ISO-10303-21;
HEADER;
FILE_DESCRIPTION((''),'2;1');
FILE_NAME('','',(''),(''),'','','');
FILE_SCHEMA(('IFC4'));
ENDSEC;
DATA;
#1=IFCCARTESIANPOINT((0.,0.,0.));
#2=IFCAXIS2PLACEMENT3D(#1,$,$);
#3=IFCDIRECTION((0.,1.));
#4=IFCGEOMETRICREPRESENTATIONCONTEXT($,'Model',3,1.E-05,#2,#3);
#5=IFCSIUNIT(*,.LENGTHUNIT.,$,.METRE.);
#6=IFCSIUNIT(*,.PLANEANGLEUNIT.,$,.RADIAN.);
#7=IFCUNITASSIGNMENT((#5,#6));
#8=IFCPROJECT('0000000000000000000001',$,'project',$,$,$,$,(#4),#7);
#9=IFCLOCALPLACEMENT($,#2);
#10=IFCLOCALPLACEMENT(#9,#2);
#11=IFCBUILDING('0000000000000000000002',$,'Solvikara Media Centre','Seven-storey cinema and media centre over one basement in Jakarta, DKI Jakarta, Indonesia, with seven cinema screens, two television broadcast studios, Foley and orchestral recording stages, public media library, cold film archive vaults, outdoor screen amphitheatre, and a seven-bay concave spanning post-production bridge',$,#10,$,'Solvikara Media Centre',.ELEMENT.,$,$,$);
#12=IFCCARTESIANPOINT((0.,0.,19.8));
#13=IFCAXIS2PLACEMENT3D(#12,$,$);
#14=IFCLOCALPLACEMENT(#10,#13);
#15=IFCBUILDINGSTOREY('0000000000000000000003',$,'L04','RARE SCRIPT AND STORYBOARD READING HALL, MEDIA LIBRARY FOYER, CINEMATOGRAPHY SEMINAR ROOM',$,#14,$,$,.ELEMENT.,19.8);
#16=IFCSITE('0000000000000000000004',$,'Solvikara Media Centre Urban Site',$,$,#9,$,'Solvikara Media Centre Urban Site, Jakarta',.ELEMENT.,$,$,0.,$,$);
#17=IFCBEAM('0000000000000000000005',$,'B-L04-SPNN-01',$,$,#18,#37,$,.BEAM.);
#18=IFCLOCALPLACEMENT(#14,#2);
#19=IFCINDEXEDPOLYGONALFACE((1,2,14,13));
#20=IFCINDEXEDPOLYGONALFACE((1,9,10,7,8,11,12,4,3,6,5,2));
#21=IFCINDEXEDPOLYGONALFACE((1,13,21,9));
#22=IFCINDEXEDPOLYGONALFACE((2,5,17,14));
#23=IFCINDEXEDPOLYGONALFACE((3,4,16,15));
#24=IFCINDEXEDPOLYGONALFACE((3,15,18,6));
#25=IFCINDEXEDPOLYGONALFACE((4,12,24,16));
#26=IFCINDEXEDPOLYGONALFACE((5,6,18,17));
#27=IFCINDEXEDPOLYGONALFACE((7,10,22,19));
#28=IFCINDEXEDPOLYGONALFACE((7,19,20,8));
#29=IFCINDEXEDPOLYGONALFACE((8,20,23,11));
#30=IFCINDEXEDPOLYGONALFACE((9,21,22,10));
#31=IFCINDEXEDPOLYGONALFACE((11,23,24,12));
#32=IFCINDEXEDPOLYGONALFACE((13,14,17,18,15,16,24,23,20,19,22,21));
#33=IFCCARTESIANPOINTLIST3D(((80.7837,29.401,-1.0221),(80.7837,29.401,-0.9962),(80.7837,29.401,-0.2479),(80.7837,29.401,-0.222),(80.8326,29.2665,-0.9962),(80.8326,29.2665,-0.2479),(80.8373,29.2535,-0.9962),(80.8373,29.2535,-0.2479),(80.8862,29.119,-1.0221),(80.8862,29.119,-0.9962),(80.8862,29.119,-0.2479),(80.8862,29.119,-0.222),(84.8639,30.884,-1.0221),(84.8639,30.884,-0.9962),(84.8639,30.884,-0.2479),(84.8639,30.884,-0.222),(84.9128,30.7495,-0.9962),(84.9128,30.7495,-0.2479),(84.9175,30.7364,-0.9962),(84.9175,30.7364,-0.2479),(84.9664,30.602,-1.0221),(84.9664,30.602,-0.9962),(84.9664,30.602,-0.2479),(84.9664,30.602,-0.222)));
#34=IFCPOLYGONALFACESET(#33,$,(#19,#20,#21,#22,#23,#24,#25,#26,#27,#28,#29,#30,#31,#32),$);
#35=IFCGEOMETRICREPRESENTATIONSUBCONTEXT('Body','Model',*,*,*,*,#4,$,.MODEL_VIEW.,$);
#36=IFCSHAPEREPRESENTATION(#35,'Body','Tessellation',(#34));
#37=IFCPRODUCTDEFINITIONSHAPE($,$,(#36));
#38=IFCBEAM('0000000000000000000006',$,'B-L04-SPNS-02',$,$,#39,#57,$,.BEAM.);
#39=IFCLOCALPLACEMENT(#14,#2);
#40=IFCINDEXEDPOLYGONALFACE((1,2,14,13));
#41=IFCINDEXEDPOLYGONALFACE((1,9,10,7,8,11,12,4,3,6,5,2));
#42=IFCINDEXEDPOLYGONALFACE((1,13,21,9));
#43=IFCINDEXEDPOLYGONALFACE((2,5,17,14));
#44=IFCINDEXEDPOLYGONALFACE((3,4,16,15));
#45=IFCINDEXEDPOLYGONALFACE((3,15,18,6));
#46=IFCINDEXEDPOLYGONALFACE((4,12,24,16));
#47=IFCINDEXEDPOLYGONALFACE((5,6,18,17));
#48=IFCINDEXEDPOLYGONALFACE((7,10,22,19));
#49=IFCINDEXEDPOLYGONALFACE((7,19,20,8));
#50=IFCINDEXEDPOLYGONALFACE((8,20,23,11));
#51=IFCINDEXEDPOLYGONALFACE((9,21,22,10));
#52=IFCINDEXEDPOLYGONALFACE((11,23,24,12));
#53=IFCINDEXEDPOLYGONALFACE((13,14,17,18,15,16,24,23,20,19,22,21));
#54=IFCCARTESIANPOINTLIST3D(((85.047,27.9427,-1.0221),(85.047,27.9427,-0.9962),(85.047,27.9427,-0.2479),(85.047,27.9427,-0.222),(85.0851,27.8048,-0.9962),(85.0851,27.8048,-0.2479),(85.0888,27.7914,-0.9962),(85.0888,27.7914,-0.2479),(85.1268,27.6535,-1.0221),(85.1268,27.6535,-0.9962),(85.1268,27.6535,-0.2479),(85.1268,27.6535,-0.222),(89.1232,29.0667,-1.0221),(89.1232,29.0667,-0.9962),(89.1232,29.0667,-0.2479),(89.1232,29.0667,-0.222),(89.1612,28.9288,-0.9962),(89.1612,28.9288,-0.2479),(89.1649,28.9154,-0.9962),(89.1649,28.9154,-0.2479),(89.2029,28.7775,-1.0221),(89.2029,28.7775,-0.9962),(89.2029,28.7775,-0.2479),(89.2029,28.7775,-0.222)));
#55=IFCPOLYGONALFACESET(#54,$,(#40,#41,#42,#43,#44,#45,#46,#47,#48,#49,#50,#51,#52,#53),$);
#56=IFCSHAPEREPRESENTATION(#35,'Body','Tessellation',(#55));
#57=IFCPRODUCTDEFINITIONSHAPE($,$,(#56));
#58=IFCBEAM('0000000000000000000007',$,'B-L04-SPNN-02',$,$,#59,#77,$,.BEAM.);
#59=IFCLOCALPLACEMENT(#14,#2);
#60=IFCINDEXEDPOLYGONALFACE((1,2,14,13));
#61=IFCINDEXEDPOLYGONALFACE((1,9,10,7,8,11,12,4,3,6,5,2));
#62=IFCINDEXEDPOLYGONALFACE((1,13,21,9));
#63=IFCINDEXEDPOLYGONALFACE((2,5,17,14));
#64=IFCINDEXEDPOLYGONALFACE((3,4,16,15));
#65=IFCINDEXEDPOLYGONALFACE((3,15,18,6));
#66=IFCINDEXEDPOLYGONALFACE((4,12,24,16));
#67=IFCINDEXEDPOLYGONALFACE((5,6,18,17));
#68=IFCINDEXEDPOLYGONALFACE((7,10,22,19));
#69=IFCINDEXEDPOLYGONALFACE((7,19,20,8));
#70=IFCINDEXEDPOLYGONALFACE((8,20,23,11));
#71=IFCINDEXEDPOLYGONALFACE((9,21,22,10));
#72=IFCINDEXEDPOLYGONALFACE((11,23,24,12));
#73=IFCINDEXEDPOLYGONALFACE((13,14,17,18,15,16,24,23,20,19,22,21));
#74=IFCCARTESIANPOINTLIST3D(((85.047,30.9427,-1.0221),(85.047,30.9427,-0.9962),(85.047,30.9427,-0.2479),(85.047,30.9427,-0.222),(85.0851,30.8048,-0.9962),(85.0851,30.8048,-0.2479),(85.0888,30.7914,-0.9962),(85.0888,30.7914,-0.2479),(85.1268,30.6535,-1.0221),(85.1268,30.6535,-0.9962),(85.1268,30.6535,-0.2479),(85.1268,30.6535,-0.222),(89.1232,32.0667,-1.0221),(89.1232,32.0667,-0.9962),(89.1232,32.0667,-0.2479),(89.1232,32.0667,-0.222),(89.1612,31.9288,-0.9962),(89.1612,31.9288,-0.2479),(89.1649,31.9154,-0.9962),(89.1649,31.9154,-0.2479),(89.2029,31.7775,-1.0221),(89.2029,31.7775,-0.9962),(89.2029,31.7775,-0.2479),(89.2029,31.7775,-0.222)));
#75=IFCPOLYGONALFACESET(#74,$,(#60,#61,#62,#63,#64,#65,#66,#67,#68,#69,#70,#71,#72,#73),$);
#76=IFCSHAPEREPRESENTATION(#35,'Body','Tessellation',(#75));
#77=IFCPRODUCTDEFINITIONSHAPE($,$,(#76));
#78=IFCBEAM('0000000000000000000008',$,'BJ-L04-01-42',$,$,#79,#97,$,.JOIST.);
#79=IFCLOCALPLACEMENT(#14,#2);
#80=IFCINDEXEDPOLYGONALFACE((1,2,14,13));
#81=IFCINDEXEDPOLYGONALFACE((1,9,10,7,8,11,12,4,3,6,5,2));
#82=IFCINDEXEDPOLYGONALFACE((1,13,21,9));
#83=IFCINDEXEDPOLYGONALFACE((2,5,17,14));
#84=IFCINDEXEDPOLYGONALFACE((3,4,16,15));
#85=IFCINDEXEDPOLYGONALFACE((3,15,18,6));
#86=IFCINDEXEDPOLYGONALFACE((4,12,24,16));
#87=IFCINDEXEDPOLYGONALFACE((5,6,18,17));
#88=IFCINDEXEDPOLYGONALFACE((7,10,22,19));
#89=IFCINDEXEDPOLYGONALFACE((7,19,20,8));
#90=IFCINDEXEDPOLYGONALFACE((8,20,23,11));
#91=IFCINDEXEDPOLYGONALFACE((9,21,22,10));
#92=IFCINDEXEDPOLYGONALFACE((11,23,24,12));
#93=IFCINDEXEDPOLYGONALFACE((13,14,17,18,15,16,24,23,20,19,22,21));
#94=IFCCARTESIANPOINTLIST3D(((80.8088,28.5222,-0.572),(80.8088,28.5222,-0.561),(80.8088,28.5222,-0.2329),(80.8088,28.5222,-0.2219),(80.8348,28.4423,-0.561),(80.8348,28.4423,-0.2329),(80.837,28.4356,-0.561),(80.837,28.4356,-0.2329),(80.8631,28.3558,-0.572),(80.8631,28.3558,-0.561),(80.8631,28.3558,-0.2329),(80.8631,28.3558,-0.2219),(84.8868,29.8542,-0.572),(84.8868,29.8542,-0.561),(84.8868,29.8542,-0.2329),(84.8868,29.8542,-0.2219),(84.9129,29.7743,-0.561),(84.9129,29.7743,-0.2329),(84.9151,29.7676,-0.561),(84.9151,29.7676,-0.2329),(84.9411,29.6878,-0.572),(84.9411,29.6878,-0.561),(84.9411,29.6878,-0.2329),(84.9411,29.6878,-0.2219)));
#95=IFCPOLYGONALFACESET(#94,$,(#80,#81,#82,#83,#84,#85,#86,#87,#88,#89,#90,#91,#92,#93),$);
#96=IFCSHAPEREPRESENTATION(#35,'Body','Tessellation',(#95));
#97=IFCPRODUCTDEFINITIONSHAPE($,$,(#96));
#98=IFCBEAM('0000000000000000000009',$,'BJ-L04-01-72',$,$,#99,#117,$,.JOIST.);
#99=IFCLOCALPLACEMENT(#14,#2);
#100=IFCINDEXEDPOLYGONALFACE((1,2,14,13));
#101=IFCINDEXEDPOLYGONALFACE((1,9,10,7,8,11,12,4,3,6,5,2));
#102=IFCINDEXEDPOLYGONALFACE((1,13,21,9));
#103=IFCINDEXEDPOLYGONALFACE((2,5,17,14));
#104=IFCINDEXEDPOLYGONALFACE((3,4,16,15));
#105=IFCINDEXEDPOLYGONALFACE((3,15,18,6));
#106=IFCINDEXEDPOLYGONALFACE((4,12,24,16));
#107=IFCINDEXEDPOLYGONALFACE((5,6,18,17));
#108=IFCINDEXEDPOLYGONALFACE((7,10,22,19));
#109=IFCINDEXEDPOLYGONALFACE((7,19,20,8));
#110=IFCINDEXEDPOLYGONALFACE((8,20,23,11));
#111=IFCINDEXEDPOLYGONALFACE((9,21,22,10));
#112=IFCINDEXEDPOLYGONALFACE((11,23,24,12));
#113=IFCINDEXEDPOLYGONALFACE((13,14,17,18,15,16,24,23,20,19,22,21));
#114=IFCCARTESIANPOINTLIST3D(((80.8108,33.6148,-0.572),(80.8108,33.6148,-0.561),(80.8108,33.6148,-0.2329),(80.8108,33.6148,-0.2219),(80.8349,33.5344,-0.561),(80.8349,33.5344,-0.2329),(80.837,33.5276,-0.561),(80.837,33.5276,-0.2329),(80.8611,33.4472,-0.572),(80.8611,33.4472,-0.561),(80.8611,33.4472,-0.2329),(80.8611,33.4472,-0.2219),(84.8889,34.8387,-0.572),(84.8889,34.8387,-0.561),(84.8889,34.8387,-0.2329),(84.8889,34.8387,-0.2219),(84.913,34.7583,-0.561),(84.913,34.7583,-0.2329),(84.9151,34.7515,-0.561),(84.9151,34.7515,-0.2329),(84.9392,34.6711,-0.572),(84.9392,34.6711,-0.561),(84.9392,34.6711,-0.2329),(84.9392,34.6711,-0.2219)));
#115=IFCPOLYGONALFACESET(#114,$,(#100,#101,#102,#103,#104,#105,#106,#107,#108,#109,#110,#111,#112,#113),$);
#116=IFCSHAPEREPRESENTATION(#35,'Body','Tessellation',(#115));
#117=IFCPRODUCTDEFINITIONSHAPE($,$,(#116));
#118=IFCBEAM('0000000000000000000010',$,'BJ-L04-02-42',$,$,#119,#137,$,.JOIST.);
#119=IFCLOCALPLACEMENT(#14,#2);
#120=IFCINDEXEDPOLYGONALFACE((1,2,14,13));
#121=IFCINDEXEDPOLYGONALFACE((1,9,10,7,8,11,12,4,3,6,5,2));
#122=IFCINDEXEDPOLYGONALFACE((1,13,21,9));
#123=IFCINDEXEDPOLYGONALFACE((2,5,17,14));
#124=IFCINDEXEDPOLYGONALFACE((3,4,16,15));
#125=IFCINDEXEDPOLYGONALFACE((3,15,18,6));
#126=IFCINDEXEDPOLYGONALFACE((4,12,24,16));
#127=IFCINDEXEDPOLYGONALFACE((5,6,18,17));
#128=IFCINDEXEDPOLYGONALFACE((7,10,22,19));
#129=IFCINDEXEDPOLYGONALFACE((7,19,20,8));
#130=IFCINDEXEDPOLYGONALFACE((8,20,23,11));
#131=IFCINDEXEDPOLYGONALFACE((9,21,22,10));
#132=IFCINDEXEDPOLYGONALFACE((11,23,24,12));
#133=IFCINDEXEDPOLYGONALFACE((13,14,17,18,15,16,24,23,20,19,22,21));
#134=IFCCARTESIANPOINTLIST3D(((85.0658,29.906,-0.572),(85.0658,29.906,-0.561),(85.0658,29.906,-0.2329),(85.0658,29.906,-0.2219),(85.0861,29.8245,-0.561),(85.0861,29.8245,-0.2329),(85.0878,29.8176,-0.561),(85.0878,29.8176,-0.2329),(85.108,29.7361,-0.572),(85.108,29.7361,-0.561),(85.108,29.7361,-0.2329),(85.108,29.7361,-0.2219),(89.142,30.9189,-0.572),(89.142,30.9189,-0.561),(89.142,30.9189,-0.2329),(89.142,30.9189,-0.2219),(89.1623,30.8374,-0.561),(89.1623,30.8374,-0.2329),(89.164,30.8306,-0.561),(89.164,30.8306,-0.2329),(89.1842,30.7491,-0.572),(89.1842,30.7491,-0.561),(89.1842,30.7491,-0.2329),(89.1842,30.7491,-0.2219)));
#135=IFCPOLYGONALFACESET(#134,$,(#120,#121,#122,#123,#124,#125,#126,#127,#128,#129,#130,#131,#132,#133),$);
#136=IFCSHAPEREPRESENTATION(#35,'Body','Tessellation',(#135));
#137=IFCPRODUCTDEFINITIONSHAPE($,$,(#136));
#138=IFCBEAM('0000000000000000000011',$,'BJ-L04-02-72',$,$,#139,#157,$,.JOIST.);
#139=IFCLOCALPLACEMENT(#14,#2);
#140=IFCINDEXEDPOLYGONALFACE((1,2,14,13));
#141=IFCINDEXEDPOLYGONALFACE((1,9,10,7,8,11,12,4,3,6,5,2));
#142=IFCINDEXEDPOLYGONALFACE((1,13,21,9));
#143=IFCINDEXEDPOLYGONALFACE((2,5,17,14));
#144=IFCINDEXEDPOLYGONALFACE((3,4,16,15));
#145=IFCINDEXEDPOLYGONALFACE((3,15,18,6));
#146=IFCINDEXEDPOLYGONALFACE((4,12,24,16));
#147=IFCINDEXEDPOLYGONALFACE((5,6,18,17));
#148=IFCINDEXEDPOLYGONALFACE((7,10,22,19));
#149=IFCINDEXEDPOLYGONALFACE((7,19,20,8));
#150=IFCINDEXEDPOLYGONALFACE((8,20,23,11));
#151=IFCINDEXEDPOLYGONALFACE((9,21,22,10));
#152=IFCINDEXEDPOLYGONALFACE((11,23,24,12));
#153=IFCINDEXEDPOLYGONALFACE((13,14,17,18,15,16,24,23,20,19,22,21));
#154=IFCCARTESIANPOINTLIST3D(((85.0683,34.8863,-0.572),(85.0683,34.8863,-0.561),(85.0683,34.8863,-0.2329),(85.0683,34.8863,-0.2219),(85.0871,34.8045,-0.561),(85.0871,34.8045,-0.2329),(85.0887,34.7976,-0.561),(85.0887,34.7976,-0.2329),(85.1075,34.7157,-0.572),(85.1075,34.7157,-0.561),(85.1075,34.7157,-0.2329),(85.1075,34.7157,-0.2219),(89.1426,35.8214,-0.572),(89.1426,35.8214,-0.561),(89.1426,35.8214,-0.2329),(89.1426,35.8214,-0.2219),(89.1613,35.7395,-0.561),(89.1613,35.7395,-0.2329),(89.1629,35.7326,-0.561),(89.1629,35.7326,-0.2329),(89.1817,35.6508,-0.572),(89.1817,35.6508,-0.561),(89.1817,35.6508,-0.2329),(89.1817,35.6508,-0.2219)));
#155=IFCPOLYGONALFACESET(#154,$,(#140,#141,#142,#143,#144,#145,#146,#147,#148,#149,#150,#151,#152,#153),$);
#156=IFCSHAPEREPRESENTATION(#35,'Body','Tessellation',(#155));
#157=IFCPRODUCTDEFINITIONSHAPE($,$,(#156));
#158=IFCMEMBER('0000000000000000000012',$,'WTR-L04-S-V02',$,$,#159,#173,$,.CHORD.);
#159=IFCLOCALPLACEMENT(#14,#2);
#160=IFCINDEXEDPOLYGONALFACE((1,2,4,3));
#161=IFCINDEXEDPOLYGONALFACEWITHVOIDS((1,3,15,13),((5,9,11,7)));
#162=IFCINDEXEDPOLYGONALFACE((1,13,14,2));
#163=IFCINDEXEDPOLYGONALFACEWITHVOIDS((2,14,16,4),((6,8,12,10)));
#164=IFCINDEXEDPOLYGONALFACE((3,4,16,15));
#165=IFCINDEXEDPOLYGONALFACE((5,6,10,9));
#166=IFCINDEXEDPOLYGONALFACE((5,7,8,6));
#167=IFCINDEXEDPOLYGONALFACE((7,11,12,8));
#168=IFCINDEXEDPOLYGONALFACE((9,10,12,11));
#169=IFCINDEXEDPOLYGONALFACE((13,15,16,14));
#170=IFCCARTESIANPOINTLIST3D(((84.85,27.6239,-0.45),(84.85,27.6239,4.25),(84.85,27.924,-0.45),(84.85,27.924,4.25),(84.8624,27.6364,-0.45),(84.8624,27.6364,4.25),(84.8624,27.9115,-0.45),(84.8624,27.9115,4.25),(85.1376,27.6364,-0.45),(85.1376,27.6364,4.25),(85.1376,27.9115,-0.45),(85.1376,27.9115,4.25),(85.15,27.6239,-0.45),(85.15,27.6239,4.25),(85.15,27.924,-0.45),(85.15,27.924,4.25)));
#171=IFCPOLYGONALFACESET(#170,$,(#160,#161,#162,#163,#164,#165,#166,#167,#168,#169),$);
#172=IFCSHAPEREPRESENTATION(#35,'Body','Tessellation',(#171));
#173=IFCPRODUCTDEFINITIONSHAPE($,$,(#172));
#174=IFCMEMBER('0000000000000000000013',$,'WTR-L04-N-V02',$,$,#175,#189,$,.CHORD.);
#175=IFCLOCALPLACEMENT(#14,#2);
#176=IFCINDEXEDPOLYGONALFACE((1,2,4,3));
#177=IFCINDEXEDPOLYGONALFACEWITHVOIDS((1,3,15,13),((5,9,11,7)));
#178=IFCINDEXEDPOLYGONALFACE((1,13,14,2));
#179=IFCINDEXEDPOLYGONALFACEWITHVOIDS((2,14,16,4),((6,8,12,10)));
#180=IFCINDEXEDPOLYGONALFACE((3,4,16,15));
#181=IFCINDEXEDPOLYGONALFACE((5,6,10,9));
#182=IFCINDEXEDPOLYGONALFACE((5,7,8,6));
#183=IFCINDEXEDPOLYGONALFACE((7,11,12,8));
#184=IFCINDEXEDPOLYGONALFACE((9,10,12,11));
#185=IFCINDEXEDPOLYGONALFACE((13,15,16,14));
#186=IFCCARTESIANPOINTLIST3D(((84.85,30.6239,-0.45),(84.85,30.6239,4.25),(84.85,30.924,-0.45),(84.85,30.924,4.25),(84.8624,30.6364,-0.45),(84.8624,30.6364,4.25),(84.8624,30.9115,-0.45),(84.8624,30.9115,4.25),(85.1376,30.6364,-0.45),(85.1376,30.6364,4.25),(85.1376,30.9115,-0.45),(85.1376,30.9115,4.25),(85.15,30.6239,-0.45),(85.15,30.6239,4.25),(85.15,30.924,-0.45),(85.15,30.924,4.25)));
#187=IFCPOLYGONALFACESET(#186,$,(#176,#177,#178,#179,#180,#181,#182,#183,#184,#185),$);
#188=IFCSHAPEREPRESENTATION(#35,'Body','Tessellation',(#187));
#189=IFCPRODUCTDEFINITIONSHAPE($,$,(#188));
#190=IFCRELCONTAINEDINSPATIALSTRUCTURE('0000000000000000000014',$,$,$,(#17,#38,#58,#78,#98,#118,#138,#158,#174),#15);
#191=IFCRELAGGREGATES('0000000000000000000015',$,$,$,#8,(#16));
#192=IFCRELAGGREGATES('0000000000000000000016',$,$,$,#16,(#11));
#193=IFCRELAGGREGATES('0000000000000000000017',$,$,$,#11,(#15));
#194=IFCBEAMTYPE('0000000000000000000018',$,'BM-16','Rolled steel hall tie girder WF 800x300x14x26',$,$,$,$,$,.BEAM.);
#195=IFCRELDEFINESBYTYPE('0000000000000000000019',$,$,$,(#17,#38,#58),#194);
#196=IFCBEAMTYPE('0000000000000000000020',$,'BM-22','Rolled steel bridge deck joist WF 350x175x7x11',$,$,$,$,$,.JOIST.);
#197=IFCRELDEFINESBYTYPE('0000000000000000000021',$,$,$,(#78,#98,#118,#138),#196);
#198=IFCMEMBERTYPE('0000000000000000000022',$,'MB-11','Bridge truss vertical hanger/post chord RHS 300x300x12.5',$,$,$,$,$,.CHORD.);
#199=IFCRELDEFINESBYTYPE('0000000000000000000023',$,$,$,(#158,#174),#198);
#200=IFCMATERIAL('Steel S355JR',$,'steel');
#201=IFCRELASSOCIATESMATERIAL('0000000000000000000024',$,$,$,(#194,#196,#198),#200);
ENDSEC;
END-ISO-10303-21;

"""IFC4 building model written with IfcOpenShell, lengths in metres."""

from ifc_helpers import new_model, si_unit, direction, frame, origin, origin_2d, place, context, subcontext, project, spatial, hollow_rectangle, i_section, extrude, material, material_profile, profile_set, type_object, element, save


model = new_model("IFC4")

# Units and contexts
model_context = context("Model", 3, precision=1e-05, world=origin(), true_north=direction((0.0, 1.0)))
body_context = subcontext(model_context, "Body", "Model", "MODEL_VIEW")
ifc_project = project(units=[si_unit("LENGTHUNIT", "METRE"), si_unit("PLANEANGLEUNIT", "RADIAN")], contexts=[model_context])

# Site, building, storey
site_placement = place(None, origin())
site = spatial("IfcSite", under=ifc_project, at=site_placement, Name="Solvikara Media Centre Urban Site", LongName="Solvikara Media Centre Urban Site, Jakarta", CompositionType="ELEMENT", RefElevation=0.0)
building_placement = place(site_placement, origin())
building = spatial("IfcBuilding", under=site, at=building_placement, Name="Solvikara Media Centre", Description="Seven-storey cinema and media centre over one basement in Jakarta, DKI Jakarta, Indonesia, with seven cinema screens, two television broadcast studios, Foley and orchestral recording stages, public media library, cold film archive vaults, outdoor screen amphitheatre, and a seven-bay concave spanning post-production bridge", LongName="Solvikara Media Centre", CompositionType="ELEMENT")
storey_placement = place(building_placement, frame((0.0, 0.0, 19.8)))
storey = spatial("IfcBuildingStorey", under=building, at=storey_placement, Name="L04", Description="RARE SCRIPT AND STORYBOARD READING HALL, MEDIA LIBRARY FOYER, CINEMATOGRAPHY SEMINAR ROOM", CompositionType="ELEMENT", Elevation=19.8)

# Beams
ifc_material_1 = material(Name="Steel S355JR", Category="steel")
ifc_material_profile_1 = material_profile(ifc_material_1, i_section(OverallWidth=0.3, OverallDepth=0.8, WebThickness=0.0139, FlangeThickness=0.0259, at=origin_2d()), Name="WF 800x300x14x26")
ifc_profile_set_1 = profile_set([ifc_material_profile_1], Name="Steel S355JR")
beam_type_1 = type_object("IfcBeamType", Name="BM-16", Description="Rolled steel hall tie girder WF 800x300x14x26", PredefinedType="BEAM", material=ifc_profile_set_1)
beam_1_placement = place(storey_placement, frame((80.835, 29.26, -0.6221), z_axis=(0.939849, 0.34159, 0.0), x_axis=(-0.34159, 0.939849, 0.0)))
element("IfcBeam", 1, at=beam_1_placement, inside=storey, type_object=beam_type_1, Name="B-L04-SPNN-01", PredefinedType="BEAM", context=body_context, shape_type="SweptSolid", body=[
    extrude(i_section(OverallWidth=0.3, OverallDepth=0.8, WebThickness=0.0139, FlangeThickness=0.0259, at=origin_2d()), origin(), (0.0, 0.0, 1.0), 4.3413),
])
for number, where, z_axis, x_axis, name in (
    (2, (85.0869, 27.7981, -0.6221), (0.964019, 0.265833, 0.0), (-0.265833, 0.964019, 0.0), "B-L04-SPNS-02"),
    (3, (85.0869, 30.7981, -0.6221), (0.964019, 0.265833, 0.0), (-0.265833, 0.964019, 0.0), "B-L04-SPNN-02"),
):
    element("IfcBeam", number, at=place(storey_placement, frame(where, z_axis=z_axis, x_axis=x_axis)), inside=storey, type_object=beam_type_1, Name=name, PredefinedType="BEAM", context=body_context, shape_type="SweptSolid", body=[
        extrude(i_section(OverallWidth=0.3, OverallDepth=0.8, WebThickness=0.0139, FlangeThickness=0.0259, at=origin_2d()), origin(), (0.0, 0.0, 1.0), 4.2283),
    ])
ifc_material_profile_2 = material_profile(ifc_material_1, i_section(OverallWidth=0.175, OverallDepth=0.3501, WebThickness=0.0071, FlangeThickness=0.011, at=origin_2d()), Name="WF 350x175x7x11")
ifc_profile_set_2 = profile_set([ifc_material_profile_2], Name="Steel S355JR")
beam_type_2 = type_object("IfcBeamType", Name="BM-22", Description="Rolled steel bridge deck joist WF 350x175x7x11", PredefinedType="JOIST", material=ifc_profile_set_2)
beam_2_placement = place(storey_placement, frame((80.8359, 28.439, -0.397), z_axis=(0.950578, 0.310486, 0.0), x_axis=(-0.310486, 0.950578, 0.0)))
element("IfcBeam", 4, at=beam_2_placement, inside=storey, type_object=beam_type_2, Name="BJ-L04-01-42", PredefinedType="JOIST", context=body_context, shape_type="SweptSolid", body=[
    extrude(i_section(OverallWidth=0.175, OverallDepth=0.3501, WebThickness=0.0071, FlangeThickness=0.011, at=origin_2d()), origin(), (0.0, 0.0, 1.0), 4.29),
])
beam_3_placement = place(storey_placement, frame((80.8359, 33.531, -0.397), z_axis=(0.957798, 0.287443, 0.0), x_axis=(-0.287443, 0.957798, 0.0)))
element("IfcBeam", 5, at=beam_3_placement, inside=storey, type_object=beam_type_2, Name="BJ-L04-01-72", PredefinedType="JOIST", context=body_context, shape_type="SweptSolid", body=[
    extrude(i_section(OverallWidth=0.175, OverallDepth=0.3501, WebThickness=0.0071, FlangeThickness=0.011, at=origin_2d()), origin(), (0.0, 0.0, 1.0), 4.2578),
])
beam_4_placement = place(storey_placement, frame((85.0869, 29.821, -0.397), z_axis=(0.970483, 0.241168, 0.0), x_axis=(-0.241168, 0.970483, 0.0)))
element("IfcBeam", 6, at=beam_4_placement, inside=storey, type_object=beam_type_2, Name="BJ-L04-02-42", PredefinedType="JOIST", context=body_context, shape_type="SweptSolid", body=[
    extrude(i_section(OverallWidth=0.175, OverallDepth=0.3501, WebThickness=0.0071, FlangeThickness=0.011, at=origin_2d()), origin(), (0.0, 0.0, 1.0), 4.2002),
])
beam_5_placement = place(storey_placement, frame((85.0879, 34.801, -0.397), z_axis=(0.97466, 0.223691, 0.0), x_axis=(-0.223691, 0.97466, 0.0)))
element("IfcBeam", 7, at=beam_5_placement, inside=storey, type_object=beam_type_2, Name="BJ-L04-02-72", PredefinedType="JOIST", context=body_context, shape_type="SweptSolid", body=[
    extrude(i_section(OverallWidth=0.175, OverallDepth=0.3501, WebThickness=0.0071, FlangeThickness=0.011, at=origin_2d()), origin(), (0.0, 0.0, 1.0), 4.1802),
])

# Members
ifc_material_profile_3 = material_profile(ifc_material_1, hollow_rectangle(XDim=0.3, YDim=0.3, WallThickness=0.0125, at=origin_2d()), Name="RHS 300x300x12.5")
ifc_profile_set_3 = profile_set([ifc_material_profile_3], Name="Steel S355JR")
member_type_1 = type_object("IfcMemberType", Name="MB-11", Description="Bridge truss vertical hanger/post chord RHS 300x300x12.5", PredefinedType="CHORD", material=ifc_profile_set_3)
for number, where, z_axis, x_axis, name in (
    (8, (85.0, 27.7739, -0.45), (0.0, 0.0, 1.0), (1.0, 0.0, 0.0), "WTR-L04-S-V02"),
    (9, (85.0, 30.7739, -0.45), (0.0, 0.0, 1.0), (1.0, 0.0, 0.0), "WTR-L04-N-V02"),
):
    element("IfcMember", number, at=place(storey_placement, frame(where, z_axis=z_axis, x_axis=x_axis)), inside=storey, type_object=member_type_1, Name=name, PredefinedType="CHORD", context=body_context, shape_type="SweptSolid", body=[
        extrude(hollow_rectangle(XDim=0.3, YDim=0.3, WallThickness=0.0125, at=origin_2d()), origin(), (0.0, 0.0, 1.0), 4.7),
    ])

save(model, "model.ifc")
